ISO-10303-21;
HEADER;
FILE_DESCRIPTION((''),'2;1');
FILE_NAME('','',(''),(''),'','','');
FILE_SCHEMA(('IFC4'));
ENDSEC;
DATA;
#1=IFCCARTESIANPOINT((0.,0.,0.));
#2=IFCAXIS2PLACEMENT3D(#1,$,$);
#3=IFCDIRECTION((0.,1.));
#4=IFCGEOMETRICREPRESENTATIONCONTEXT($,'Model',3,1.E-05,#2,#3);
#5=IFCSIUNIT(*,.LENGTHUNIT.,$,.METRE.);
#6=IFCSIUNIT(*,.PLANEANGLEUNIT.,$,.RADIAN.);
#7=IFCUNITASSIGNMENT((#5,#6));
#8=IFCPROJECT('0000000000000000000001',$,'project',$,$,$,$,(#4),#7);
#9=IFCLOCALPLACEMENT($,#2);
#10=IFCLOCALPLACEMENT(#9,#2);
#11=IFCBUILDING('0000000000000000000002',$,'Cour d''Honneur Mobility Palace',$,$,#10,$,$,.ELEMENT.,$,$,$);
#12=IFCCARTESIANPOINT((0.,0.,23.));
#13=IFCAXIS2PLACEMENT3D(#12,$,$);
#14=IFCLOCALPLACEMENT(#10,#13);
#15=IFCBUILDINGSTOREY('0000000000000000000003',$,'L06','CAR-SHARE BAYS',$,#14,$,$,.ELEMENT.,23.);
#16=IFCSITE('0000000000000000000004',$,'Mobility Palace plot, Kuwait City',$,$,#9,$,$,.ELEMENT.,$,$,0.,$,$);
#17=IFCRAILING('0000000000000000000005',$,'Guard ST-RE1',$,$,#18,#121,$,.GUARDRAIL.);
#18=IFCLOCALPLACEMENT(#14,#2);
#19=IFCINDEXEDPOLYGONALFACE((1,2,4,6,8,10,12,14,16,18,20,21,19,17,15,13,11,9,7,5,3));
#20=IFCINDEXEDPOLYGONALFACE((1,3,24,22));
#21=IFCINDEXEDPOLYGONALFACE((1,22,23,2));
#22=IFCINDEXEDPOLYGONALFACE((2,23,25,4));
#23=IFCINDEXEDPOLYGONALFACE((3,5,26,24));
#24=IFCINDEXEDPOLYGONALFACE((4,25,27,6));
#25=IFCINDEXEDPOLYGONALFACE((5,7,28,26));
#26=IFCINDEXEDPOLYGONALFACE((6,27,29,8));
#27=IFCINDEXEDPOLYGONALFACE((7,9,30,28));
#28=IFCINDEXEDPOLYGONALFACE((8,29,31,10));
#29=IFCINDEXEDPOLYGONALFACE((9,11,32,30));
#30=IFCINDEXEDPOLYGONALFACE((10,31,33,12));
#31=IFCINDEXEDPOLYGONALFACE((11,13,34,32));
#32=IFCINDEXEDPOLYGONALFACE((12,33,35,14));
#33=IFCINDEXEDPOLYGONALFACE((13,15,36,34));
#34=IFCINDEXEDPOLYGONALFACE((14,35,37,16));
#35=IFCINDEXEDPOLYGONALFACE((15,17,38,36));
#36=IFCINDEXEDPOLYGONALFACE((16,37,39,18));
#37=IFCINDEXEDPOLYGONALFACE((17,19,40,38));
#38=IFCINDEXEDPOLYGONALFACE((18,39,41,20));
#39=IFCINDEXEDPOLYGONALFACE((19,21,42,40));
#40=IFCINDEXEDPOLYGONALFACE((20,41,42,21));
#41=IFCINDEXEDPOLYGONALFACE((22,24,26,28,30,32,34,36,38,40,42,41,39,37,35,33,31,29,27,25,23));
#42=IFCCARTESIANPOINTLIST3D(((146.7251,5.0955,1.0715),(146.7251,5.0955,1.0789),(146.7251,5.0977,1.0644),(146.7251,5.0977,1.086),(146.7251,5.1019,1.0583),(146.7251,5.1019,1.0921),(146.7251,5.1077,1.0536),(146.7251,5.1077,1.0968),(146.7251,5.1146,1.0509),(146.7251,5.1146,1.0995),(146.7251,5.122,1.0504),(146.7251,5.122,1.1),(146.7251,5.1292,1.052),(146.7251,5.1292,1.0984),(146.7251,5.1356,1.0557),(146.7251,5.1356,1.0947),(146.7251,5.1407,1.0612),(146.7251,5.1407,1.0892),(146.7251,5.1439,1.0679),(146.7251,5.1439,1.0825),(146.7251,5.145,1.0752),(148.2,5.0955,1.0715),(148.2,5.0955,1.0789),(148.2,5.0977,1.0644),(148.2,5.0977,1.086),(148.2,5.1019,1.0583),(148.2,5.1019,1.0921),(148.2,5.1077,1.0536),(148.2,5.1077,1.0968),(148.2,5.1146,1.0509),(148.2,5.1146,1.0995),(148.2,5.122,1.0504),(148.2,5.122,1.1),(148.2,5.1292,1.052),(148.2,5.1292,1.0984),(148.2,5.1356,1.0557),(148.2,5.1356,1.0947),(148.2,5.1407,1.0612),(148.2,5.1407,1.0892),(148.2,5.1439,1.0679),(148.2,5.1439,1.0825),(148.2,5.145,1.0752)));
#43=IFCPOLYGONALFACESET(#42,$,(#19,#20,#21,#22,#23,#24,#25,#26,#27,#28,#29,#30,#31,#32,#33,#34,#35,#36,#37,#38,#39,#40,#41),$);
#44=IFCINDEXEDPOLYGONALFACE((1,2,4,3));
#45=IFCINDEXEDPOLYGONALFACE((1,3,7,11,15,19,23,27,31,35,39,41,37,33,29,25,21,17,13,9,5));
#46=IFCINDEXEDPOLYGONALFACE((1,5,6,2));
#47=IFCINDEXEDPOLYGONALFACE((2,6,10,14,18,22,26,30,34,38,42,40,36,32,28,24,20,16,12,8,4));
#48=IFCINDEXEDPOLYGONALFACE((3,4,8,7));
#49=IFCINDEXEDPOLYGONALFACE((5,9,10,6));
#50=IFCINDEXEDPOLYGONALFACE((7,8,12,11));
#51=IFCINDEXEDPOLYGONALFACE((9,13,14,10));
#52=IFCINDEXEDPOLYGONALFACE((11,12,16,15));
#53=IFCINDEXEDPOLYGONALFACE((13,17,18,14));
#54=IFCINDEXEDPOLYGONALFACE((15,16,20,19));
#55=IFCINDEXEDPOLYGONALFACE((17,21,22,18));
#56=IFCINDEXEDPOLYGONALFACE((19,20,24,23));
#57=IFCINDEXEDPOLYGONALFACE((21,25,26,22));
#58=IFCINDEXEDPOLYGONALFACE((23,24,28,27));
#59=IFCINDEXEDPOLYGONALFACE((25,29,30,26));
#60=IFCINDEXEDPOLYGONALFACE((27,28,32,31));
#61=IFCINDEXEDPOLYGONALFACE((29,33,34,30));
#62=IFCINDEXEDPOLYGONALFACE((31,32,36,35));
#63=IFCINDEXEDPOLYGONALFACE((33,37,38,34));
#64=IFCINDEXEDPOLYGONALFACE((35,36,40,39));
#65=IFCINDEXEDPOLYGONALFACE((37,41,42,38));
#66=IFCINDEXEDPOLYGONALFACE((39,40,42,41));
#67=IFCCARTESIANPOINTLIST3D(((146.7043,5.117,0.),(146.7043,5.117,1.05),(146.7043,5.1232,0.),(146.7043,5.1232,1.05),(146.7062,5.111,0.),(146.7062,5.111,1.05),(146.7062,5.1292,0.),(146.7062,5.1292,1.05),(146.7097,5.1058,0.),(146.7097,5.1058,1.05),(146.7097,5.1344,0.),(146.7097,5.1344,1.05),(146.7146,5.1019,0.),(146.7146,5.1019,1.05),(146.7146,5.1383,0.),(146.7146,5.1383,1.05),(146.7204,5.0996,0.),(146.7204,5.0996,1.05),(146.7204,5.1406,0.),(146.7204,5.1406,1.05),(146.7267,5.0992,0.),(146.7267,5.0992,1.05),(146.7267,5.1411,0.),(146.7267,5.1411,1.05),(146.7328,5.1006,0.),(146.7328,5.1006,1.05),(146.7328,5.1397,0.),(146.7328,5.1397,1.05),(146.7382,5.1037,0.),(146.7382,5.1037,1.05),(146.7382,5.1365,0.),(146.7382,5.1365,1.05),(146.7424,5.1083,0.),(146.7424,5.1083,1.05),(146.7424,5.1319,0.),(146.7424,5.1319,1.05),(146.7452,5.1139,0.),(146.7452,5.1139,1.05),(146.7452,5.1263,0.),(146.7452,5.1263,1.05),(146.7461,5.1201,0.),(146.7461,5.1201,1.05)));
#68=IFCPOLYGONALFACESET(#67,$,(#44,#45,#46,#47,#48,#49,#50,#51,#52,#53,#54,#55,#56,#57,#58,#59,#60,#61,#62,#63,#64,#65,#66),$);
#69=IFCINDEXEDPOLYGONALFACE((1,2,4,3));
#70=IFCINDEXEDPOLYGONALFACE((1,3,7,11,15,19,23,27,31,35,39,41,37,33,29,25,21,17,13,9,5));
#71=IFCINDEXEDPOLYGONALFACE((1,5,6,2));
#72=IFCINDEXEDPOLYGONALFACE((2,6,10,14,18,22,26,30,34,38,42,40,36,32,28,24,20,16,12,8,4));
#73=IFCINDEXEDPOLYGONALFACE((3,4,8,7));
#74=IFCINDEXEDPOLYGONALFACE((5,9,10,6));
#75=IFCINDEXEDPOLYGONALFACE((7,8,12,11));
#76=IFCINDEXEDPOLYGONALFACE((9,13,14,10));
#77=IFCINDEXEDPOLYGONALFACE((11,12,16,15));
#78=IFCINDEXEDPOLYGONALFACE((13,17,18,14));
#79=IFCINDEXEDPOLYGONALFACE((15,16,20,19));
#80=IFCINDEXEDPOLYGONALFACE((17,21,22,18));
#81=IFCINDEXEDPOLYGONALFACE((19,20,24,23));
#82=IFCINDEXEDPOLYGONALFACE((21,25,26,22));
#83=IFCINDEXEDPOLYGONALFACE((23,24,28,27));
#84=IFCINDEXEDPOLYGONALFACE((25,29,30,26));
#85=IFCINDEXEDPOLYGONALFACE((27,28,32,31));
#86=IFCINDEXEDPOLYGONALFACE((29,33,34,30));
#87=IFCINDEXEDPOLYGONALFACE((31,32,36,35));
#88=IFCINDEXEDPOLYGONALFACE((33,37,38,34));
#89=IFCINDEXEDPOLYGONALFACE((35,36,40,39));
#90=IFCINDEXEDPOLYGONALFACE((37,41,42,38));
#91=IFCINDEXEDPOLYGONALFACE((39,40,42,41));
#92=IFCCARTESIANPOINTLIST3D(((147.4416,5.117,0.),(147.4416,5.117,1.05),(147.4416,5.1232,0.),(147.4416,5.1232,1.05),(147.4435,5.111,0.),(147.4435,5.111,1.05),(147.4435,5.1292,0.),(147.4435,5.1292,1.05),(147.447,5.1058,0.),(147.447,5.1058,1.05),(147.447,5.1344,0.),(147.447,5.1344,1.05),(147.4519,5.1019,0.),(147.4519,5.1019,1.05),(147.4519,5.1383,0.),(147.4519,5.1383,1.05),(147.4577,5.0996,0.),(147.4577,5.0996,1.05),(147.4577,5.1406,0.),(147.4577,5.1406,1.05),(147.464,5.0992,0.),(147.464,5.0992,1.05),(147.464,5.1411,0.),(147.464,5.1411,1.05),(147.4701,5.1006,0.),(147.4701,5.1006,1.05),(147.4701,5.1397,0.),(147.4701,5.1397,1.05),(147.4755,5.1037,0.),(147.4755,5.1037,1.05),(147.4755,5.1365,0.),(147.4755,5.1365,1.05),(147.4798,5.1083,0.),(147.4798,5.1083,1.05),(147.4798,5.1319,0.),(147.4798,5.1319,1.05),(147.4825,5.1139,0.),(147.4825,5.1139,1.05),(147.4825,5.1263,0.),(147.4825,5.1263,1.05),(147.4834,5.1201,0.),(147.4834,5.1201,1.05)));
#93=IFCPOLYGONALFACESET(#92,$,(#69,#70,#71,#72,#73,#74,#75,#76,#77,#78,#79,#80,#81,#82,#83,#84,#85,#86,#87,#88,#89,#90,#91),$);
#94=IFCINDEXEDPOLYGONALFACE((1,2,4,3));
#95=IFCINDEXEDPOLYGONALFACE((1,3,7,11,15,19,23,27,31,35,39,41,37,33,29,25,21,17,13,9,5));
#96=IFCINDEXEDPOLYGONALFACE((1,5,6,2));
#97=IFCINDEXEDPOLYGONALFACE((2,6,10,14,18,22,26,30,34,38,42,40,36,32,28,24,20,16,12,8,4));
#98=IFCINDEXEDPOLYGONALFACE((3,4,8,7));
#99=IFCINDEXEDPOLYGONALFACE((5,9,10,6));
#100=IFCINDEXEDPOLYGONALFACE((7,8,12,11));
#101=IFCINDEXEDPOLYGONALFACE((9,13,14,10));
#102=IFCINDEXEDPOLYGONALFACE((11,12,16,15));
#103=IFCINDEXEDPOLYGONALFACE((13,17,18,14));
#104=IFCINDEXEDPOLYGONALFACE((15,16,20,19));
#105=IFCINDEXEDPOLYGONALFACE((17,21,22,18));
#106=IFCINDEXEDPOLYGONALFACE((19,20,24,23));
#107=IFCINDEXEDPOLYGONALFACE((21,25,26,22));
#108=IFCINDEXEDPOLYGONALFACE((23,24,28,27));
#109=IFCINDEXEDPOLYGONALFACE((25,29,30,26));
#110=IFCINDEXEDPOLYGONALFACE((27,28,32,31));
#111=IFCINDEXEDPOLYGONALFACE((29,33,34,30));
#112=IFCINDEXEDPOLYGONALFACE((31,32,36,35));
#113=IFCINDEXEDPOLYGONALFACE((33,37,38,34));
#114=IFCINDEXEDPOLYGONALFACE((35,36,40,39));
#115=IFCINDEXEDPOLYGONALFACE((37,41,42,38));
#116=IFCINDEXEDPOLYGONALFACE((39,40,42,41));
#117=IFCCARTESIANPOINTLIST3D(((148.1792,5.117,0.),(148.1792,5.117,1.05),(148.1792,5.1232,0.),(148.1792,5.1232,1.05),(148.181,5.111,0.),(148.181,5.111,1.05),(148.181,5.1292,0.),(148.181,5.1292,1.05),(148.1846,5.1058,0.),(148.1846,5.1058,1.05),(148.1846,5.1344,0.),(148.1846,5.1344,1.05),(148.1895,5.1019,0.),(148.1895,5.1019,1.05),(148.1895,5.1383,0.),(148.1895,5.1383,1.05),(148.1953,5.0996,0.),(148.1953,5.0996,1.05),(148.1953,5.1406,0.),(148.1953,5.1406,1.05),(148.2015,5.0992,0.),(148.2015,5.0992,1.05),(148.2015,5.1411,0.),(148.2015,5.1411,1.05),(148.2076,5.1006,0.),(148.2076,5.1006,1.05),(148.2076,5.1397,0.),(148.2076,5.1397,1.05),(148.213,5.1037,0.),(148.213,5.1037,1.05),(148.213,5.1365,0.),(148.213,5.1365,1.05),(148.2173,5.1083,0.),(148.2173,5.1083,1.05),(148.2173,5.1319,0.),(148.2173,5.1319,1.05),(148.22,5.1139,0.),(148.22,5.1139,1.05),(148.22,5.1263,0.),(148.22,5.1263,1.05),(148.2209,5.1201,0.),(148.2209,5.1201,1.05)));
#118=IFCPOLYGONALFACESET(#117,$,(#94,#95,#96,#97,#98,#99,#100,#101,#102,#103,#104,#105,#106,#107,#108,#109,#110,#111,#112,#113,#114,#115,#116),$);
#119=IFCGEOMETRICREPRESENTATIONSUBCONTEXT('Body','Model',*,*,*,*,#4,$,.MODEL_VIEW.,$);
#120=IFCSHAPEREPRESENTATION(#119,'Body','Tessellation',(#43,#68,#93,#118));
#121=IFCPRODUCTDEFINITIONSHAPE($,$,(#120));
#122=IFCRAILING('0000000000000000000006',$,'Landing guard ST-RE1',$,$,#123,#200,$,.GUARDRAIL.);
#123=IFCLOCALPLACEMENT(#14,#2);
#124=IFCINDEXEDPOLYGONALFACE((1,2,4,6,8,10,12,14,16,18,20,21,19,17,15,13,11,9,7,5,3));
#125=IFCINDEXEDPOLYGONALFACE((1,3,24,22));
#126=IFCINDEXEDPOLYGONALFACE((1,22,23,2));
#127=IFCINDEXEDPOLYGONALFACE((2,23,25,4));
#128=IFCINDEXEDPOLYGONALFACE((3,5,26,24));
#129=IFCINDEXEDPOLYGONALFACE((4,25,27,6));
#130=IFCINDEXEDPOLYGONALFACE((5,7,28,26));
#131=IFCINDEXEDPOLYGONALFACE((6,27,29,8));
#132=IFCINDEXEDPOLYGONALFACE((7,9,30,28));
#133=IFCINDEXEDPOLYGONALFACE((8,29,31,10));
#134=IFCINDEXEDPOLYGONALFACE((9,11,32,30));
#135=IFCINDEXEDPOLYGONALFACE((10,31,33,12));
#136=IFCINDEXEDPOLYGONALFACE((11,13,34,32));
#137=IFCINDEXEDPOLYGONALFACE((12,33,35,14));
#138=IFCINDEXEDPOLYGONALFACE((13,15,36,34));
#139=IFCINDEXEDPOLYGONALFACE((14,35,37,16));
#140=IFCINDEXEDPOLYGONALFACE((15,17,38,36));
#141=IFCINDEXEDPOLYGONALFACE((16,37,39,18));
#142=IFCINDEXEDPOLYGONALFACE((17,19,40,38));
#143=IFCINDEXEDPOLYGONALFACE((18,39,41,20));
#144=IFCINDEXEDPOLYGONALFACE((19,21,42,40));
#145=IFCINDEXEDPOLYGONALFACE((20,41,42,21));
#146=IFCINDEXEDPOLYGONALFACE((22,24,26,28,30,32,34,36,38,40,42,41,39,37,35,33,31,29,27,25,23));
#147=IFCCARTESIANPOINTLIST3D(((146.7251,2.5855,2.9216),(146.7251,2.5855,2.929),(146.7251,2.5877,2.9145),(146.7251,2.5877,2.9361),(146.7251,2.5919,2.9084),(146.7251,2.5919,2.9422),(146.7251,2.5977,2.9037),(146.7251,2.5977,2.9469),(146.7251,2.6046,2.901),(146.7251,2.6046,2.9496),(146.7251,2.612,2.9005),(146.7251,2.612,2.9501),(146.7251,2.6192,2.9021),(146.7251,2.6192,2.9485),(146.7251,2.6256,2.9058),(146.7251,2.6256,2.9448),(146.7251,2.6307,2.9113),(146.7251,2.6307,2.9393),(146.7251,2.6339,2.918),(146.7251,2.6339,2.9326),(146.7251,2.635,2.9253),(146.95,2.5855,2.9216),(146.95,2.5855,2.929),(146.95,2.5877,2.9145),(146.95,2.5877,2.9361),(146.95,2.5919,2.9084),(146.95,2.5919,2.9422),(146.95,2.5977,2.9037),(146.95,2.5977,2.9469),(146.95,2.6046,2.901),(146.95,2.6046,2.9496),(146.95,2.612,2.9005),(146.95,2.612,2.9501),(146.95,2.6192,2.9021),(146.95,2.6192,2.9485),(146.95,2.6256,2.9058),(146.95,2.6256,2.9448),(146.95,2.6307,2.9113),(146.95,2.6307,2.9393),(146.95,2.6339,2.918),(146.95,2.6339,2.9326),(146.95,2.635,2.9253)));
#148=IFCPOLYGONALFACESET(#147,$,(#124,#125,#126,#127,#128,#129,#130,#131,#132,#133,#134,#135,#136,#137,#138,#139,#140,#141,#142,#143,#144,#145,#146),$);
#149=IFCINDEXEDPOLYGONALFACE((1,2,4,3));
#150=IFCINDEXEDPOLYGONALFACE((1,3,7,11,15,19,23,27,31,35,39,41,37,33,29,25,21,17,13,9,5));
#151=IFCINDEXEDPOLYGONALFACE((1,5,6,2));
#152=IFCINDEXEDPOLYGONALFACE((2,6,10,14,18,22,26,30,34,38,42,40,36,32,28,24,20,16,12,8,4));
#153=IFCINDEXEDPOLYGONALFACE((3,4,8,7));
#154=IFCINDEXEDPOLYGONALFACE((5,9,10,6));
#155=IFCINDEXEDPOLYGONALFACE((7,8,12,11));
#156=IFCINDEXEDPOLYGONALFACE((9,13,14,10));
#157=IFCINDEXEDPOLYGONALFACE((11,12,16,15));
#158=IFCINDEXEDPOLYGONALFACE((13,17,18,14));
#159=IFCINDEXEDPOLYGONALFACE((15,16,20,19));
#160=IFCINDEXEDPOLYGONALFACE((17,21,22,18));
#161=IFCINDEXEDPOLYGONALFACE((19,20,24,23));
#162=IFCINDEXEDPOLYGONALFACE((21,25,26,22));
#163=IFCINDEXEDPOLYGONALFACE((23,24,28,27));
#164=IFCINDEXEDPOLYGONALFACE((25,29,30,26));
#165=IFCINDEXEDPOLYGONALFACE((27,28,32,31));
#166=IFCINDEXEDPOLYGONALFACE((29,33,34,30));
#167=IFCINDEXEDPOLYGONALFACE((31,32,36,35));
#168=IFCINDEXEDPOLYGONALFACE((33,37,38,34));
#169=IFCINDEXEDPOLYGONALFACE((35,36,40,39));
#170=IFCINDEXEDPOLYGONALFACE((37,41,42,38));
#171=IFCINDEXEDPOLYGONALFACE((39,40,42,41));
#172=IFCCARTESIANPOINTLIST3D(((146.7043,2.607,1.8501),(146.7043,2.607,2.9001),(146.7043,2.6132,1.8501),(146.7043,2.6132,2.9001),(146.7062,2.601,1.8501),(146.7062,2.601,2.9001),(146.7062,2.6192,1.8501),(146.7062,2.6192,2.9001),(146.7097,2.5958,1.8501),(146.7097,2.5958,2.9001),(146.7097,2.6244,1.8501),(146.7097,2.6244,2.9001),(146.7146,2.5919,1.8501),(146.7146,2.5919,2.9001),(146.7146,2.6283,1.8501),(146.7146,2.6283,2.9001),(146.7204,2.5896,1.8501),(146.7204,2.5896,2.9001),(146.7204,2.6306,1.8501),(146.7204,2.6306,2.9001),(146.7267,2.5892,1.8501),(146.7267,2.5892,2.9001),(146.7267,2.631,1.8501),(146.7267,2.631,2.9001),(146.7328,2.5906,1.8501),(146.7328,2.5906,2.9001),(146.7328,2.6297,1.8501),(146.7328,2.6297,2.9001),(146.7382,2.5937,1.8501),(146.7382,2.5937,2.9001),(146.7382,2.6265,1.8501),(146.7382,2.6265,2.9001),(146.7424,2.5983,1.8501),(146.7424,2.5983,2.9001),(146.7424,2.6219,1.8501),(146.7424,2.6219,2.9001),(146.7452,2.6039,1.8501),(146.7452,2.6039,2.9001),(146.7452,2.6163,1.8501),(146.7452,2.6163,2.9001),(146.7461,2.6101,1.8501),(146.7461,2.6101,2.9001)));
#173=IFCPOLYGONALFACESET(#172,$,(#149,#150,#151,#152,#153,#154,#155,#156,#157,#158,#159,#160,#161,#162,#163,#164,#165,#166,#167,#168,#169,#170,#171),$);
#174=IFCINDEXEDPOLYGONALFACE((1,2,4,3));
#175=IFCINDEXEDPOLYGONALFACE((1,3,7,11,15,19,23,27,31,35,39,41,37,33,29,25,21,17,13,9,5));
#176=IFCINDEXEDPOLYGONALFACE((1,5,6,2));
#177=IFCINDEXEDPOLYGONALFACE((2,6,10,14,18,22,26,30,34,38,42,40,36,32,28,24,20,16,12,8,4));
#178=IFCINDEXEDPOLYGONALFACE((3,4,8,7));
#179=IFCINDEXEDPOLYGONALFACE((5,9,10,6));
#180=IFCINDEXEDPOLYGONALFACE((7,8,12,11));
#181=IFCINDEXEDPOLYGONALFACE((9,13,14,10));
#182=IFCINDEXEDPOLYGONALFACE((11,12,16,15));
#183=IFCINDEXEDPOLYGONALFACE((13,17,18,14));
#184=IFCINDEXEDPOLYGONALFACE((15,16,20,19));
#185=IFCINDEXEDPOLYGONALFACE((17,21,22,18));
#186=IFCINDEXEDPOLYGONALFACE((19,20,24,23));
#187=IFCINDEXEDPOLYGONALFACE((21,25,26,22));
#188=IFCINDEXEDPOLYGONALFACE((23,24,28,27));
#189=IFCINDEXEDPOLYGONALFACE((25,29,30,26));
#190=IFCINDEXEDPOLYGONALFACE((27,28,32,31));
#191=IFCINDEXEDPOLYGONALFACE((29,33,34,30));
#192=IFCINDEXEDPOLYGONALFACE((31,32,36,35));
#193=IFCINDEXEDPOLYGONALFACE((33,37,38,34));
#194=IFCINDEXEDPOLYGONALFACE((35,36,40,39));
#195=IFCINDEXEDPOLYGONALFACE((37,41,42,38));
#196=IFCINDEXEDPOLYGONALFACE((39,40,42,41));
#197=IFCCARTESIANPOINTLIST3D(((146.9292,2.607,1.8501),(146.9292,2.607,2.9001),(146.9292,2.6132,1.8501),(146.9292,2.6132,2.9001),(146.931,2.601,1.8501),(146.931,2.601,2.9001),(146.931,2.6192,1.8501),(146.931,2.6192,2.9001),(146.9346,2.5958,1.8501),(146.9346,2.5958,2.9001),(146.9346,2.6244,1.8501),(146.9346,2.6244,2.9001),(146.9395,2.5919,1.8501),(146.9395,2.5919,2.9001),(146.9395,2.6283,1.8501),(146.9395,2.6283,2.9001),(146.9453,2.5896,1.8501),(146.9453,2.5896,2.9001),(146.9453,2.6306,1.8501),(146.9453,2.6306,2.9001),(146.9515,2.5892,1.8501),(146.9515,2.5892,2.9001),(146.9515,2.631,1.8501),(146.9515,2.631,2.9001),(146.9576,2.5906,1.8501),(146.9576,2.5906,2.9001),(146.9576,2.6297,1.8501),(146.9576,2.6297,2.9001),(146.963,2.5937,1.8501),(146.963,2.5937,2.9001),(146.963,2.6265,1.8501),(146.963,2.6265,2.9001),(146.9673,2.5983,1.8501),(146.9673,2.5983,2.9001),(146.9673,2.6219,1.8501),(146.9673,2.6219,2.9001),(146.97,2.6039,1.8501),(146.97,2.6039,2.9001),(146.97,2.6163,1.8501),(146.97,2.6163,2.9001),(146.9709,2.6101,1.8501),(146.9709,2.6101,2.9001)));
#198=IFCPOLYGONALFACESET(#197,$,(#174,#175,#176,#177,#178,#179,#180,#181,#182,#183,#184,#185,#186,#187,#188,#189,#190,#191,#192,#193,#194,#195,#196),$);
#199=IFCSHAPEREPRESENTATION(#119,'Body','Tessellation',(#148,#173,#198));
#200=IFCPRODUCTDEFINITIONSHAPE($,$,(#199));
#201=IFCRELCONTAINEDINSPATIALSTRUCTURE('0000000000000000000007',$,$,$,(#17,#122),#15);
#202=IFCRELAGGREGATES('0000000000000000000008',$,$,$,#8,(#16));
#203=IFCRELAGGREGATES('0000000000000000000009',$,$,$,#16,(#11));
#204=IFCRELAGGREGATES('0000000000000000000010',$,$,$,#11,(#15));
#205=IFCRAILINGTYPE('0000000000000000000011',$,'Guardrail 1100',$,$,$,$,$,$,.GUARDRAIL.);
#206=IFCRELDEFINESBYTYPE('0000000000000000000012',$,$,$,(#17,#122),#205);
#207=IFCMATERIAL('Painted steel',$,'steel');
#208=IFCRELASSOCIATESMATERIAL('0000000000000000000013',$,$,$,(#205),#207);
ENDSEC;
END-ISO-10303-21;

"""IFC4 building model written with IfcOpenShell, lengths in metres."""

from ifc_helpers import new_model, si_unit, direction, frame, origin, origin_2d, place, context, subcontext, project, spatial, circle, extrude, material, type_object, element, save


model = new_model("IFC4")

# Units and contexts
model_context = context("Model", 3, precision=1e-05, world=origin(), true_north=direction((0.0, 1.0)))
body_context = subcontext(model_context, "Body", "Model", "MODEL_VIEW")
ifc_project = project(units=[si_unit("LENGTHUNIT", "METRE"), si_unit("PLANEANGLEUNIT", "RADIAN")], contexts=[model_context])

# Site, building, storey
site_placement = place(None, origin())
site = spatial("IfcSite", under=ifc_project, at=site_placement, Name="Mobility Palace plot, Kuwait City", CompositionType="ELEMENT", RefElevation=0.0)
building_placement = place(site_placement, origin())
building = spatial("IfcBuilding", under=site, at=building_placement, Name="Cour d'Honneur Mobility Palace", CompositionType="ELEMENT")
storey_placement = place(building_placement, frame((0.0, 0.0, 23.0)))
storey = spatial("IfcBuildingStorey", under=building, at=storey_placement, Name="L06", Description="CAR-SHARE BAYS", CompositionType="ELEMENT", Elevation=23.0)

# Railings
ifc_material_1 = material(Name="Painted steel", Category="steel")
railing_type_1 = type_object("IfcRailingType", Name="Guardrail 1100", PredefinedType="GUARDRAIL", material=ifc_material_1)
railing_1_placement = place(storey_placement, frame((146.7251, 5.1201, 0.0)))
element("IfcRailing", 1, at=railing_1_placement, inside=storey, type_object=railing_type_1, Name="Guard ST-RE1", PredefinedType="GUARDRAIL", context=body_context, shape_type="SweptSolid", body=[
    extrude(circle(Radius=0.0249, at=origin_2d()), frame((0.0, 0.0, 1.0752), z_axis=(1.0, 0.0, 0.0), x_axis=(0.0, 1.0, 0.0)), (0.0, 0.0, 1.0), 1.4749),
    extrude(circle(Radius=0.021, at=origin_2d()), origin(), (0.0, 0.0, 1.0), 1.05),
    extrude(circle(Radius=0.021, at=origin_2d()), frame((0.7373, 0.0, 0.0)), (0.0, 0.0, 1.0), 1.05),
    extrude(circle(Radius=0.021, at=origin_2d()), frame((1.4749, 0.0, 0.0)), (0.0, 0.0, 1.0), 1.05),
])
railing_2_placement = place(storey_placement, frame((146.7251, 2.6101, 1.8501)))
element("IfcRailing", 2, at=railing_2_placement, inside=storey, type_object=railing_type_1, Name="Landing guard ST-RE1", PredefinedType="GUARDRAIL", context=body_context, shape_type="SweptSolid", body=[
    extrude(circle(Radius=0.0249, at=origin_2d()), frame((0.0, 0.0, 1.0752), z_axis=(1.0, 0.0, 0.0), x_axis=(0.0, 1.0, 0.0)), (0.0, 0.0, 1.0), 0.2249),
    extrude(circle(Radius=0.021, at=origin_2d()), origin(), (0.0, 0.0, 1.0), 1.05),
    extrude(circle(Radius=0.021, at=origin_2d()), frame((0.2249, 0.0, 0.0)), (0.0, 0.0, 1.0), 1.05),
])

save(model, "model.ifc")
